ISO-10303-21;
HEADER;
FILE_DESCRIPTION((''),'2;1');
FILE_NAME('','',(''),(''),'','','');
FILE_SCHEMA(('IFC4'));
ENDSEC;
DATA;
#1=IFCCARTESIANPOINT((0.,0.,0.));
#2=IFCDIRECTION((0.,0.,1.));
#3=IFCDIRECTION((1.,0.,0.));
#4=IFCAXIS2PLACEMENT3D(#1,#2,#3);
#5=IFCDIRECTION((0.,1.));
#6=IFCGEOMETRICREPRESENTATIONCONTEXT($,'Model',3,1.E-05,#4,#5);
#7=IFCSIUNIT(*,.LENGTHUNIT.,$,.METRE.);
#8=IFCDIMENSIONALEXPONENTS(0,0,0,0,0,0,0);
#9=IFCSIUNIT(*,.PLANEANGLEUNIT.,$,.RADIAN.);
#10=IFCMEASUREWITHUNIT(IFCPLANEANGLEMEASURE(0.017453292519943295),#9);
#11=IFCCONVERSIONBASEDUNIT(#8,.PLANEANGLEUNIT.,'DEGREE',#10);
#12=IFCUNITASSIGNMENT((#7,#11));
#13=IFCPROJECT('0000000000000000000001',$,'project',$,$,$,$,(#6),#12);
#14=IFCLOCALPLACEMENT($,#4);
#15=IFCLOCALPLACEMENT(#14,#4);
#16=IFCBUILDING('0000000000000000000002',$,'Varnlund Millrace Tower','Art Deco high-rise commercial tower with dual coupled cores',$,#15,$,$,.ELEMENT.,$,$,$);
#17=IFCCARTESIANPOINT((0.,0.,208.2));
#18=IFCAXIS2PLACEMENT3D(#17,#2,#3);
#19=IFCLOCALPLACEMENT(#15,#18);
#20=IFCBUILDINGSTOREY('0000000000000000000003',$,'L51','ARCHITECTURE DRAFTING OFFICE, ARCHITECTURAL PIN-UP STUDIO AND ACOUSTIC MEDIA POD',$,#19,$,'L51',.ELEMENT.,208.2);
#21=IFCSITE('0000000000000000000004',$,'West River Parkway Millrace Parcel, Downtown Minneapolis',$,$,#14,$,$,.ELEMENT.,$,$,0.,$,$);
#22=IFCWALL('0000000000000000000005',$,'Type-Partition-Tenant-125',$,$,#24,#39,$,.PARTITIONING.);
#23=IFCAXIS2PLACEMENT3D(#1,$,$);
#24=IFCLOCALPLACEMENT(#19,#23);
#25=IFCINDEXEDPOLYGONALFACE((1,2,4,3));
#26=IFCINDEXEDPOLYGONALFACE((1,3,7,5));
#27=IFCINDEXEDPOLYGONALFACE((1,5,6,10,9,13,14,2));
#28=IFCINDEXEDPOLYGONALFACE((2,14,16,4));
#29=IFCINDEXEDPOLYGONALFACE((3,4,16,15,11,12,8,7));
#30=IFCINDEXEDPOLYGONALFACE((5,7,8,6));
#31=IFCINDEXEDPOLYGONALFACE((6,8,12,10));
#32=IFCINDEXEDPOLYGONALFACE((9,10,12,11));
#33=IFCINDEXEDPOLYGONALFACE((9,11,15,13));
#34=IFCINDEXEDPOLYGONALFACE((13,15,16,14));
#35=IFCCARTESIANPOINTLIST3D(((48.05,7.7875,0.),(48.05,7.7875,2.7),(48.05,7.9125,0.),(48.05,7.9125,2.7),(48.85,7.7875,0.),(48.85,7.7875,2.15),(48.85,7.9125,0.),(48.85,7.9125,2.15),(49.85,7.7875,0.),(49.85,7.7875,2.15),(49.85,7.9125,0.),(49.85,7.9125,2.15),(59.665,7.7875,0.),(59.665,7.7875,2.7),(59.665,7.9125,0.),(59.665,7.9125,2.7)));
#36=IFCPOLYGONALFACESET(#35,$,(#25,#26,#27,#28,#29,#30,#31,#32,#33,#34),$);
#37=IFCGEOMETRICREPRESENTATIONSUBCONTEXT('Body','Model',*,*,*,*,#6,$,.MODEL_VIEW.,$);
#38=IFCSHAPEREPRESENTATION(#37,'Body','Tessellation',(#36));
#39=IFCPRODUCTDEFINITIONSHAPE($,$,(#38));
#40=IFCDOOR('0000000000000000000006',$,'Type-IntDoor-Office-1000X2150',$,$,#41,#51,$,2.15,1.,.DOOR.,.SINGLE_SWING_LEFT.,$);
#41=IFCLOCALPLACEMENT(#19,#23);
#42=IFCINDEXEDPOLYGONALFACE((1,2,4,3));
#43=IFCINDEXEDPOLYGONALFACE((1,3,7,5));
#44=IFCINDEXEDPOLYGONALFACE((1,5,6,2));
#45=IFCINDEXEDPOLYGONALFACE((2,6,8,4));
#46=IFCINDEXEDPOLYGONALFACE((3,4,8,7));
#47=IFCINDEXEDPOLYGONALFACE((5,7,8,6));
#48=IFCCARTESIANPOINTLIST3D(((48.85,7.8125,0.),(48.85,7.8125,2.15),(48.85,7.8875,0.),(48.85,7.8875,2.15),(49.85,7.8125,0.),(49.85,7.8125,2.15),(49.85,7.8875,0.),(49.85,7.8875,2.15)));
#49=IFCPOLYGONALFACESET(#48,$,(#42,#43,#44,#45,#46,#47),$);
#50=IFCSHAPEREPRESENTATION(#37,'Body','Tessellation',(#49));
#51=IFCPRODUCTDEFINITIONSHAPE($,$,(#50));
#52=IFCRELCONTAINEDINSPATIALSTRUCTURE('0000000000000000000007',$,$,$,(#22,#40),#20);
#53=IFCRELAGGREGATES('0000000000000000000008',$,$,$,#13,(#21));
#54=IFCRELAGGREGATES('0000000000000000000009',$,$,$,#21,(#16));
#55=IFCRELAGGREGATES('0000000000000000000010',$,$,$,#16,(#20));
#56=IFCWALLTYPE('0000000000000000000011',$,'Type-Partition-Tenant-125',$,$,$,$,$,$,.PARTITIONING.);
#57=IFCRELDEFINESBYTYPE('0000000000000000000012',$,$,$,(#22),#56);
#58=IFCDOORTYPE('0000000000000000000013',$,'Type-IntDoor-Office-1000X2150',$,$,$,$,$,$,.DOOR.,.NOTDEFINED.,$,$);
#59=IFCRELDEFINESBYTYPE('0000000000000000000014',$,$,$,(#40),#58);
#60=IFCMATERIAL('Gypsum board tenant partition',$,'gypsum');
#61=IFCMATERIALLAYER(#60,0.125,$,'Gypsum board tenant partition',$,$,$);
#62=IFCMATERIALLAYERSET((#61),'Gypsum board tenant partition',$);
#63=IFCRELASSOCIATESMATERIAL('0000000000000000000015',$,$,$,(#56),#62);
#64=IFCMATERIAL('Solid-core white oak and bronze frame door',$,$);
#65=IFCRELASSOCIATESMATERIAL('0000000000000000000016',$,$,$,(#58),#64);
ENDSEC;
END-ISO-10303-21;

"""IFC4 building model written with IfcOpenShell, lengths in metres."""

from ifc_helpers import new_model, entity, si_unit, converted_unit, direction, frame, origin_with_axes, origin_2d_with_axis, place, context, subcontext, project, spatial, polyline, rectangle, outline, extrude, material, layer, layer_set, type_object, element, fill, save


model = new_model("IFC4")

# Units and contexts
model_context = context("Model", 3, precision=1e-05, world=origin_with_axes(), true_north=direction((0.0, 1.0)))
body_context = subcontext(model_context, "Body", "Model", "MODEL_VIEW")
ifc_project = project(units=[si_unit("LENGTHUNIT", "METRE"), converted_unit("PLANEANGLEUNIT", "DEGREE", entity("IfcPlaneAngleMeasure", 0.017453292519943295), si_unit("PLANEANGLEUNIT", "RADIAN"), dimensions=[0, 0, 0, 0, 0, 0, 0])], contexts=[model_context])

# Site, building, storey
site_placement = place(None, origin_with_axes())
site = spatial("IfcSite", under=ifc_project, at=site_placement, Name="West River Parkway Millrace Parcel, Downtown Minneapolis", CompositionType="ELEMENT", RefElevation=0.0)
building_placement = place(site_placement, origin_with_axes())
building = spatial("IfcBuilding", under=site, at=building_placement, Name="Varnlund Millrace Tower", Description="Art Deco high-rise commercial tower with dual coupled cores", CompositionType="ELEMENT")
storey_placement = place(building_placement, frame((0.0, 0.0, 208.2), z_axis=(0.0, 0.0, 1.0), x_axis=(1.0, 0.0, 0.0)))
storey = spatial("IfcBuildingStorey", under=building, at=storey_placement, Name="L51", Description="ARCHITECTURE DRAFTING OFFICE, ARCHITECTURAL PIN-UP STUDIO AND ACOUSTIC MEDIA POD", LongName="L51", CompositionType="ELEMENT", Elevation=208.2)

# Wall, opening, door
ifc_material_1 = material(Name="Gypsum board tenant partition", Category="gypsum")
ifc_layer_1 = layer(ifc_material_1, 0.125, Name="Gypsum board tenant partition")
ifc_layer_set_1 = layer_set([ifc_layer_1], Name="Gypsum board tenant partition")
wall_type_1 = type_object("IfcWallType", Name="Type-Partition-Tenant-125", PredefinedType="PARTITIONING", material=ifc_layer_set_1)
wall_1_placement = place(storey_placement, frame((59.665, 7.85, 0.0), z_axis=(0.0, 0.0, 1.0), x_axis=(-1.0, 0.0, 0.0)))
wall_1 = element("IfcWall", 1, at=wall_1_placement, inside=storey, type_object=wall_type_1, Name="Type-Partition-Tenant-125", PredefinedType="PARTITIONING", context=body_context, shape_type="SweptSolid", body=[
    extrude(outline(polyline([(0.0, -0.0625), (11.615, -0.0625), (11.615, 0.0625), (0.0, 0.0625), (0.0, -0.0625)])), origin_with_axes(), (0.0, 0.0, 1.0), 2.7),
])
opening_1_placement = place(wall_1_placement, frame((10.315, 0.0, 0.0), z_axis=(0.0, 0.0, 1.0), x_axis=(1.0, 0.0, 0.0)))
opening_1 = element("IfcOpeningElement", 2, at=opening_1_placement, cuts=wall_1, PredefinedType="OPENING", context=body_context, shape_type="SweptSolid", body=[
    extrude(rectangle(XDim=1.0, YDim=0.145, at=origin_2d_with_axis()), origin_with_axes(), (0.0, 0.0, 1.0), 2.15),
])
ifc_material_2 = material(Name="Solid-core white oak and bronze frame door")
door_type = type_object("IfcDoorType", Name="Type-IntDoor-Office-1000X2150", OperationType="NOTDEFINED", PredefinedType="DOOR", material=ifc_material_2)
door_placement = place(wall_1_placement, frame((10.315, 0.0, 0.0), z_axis=(0.0, 0.0, 1.0), x_axis=(1.0, 0.0, 0.0)))
door = element("IfcDoor", 3, at=door_placement, inside=storey, type_object=door_type, Name="Type-IntDoor-Office-1000X2150", OperationType="SINGLE_SWING_LEFT", OverallHeight=2.15, OverallWidth=1.0, PredefinedType="DOOR", context=body_context, shape_type="SweptSolid", body=[
    extrude(rectangle(XDim=1.0, YDim=0.075, at=origin_2d_with_axis()), origin_with_axes(), (0.0, 0.0, 1.0), 2.15),
])
fill(opening_1, door)

save(model, "model.ifc")
